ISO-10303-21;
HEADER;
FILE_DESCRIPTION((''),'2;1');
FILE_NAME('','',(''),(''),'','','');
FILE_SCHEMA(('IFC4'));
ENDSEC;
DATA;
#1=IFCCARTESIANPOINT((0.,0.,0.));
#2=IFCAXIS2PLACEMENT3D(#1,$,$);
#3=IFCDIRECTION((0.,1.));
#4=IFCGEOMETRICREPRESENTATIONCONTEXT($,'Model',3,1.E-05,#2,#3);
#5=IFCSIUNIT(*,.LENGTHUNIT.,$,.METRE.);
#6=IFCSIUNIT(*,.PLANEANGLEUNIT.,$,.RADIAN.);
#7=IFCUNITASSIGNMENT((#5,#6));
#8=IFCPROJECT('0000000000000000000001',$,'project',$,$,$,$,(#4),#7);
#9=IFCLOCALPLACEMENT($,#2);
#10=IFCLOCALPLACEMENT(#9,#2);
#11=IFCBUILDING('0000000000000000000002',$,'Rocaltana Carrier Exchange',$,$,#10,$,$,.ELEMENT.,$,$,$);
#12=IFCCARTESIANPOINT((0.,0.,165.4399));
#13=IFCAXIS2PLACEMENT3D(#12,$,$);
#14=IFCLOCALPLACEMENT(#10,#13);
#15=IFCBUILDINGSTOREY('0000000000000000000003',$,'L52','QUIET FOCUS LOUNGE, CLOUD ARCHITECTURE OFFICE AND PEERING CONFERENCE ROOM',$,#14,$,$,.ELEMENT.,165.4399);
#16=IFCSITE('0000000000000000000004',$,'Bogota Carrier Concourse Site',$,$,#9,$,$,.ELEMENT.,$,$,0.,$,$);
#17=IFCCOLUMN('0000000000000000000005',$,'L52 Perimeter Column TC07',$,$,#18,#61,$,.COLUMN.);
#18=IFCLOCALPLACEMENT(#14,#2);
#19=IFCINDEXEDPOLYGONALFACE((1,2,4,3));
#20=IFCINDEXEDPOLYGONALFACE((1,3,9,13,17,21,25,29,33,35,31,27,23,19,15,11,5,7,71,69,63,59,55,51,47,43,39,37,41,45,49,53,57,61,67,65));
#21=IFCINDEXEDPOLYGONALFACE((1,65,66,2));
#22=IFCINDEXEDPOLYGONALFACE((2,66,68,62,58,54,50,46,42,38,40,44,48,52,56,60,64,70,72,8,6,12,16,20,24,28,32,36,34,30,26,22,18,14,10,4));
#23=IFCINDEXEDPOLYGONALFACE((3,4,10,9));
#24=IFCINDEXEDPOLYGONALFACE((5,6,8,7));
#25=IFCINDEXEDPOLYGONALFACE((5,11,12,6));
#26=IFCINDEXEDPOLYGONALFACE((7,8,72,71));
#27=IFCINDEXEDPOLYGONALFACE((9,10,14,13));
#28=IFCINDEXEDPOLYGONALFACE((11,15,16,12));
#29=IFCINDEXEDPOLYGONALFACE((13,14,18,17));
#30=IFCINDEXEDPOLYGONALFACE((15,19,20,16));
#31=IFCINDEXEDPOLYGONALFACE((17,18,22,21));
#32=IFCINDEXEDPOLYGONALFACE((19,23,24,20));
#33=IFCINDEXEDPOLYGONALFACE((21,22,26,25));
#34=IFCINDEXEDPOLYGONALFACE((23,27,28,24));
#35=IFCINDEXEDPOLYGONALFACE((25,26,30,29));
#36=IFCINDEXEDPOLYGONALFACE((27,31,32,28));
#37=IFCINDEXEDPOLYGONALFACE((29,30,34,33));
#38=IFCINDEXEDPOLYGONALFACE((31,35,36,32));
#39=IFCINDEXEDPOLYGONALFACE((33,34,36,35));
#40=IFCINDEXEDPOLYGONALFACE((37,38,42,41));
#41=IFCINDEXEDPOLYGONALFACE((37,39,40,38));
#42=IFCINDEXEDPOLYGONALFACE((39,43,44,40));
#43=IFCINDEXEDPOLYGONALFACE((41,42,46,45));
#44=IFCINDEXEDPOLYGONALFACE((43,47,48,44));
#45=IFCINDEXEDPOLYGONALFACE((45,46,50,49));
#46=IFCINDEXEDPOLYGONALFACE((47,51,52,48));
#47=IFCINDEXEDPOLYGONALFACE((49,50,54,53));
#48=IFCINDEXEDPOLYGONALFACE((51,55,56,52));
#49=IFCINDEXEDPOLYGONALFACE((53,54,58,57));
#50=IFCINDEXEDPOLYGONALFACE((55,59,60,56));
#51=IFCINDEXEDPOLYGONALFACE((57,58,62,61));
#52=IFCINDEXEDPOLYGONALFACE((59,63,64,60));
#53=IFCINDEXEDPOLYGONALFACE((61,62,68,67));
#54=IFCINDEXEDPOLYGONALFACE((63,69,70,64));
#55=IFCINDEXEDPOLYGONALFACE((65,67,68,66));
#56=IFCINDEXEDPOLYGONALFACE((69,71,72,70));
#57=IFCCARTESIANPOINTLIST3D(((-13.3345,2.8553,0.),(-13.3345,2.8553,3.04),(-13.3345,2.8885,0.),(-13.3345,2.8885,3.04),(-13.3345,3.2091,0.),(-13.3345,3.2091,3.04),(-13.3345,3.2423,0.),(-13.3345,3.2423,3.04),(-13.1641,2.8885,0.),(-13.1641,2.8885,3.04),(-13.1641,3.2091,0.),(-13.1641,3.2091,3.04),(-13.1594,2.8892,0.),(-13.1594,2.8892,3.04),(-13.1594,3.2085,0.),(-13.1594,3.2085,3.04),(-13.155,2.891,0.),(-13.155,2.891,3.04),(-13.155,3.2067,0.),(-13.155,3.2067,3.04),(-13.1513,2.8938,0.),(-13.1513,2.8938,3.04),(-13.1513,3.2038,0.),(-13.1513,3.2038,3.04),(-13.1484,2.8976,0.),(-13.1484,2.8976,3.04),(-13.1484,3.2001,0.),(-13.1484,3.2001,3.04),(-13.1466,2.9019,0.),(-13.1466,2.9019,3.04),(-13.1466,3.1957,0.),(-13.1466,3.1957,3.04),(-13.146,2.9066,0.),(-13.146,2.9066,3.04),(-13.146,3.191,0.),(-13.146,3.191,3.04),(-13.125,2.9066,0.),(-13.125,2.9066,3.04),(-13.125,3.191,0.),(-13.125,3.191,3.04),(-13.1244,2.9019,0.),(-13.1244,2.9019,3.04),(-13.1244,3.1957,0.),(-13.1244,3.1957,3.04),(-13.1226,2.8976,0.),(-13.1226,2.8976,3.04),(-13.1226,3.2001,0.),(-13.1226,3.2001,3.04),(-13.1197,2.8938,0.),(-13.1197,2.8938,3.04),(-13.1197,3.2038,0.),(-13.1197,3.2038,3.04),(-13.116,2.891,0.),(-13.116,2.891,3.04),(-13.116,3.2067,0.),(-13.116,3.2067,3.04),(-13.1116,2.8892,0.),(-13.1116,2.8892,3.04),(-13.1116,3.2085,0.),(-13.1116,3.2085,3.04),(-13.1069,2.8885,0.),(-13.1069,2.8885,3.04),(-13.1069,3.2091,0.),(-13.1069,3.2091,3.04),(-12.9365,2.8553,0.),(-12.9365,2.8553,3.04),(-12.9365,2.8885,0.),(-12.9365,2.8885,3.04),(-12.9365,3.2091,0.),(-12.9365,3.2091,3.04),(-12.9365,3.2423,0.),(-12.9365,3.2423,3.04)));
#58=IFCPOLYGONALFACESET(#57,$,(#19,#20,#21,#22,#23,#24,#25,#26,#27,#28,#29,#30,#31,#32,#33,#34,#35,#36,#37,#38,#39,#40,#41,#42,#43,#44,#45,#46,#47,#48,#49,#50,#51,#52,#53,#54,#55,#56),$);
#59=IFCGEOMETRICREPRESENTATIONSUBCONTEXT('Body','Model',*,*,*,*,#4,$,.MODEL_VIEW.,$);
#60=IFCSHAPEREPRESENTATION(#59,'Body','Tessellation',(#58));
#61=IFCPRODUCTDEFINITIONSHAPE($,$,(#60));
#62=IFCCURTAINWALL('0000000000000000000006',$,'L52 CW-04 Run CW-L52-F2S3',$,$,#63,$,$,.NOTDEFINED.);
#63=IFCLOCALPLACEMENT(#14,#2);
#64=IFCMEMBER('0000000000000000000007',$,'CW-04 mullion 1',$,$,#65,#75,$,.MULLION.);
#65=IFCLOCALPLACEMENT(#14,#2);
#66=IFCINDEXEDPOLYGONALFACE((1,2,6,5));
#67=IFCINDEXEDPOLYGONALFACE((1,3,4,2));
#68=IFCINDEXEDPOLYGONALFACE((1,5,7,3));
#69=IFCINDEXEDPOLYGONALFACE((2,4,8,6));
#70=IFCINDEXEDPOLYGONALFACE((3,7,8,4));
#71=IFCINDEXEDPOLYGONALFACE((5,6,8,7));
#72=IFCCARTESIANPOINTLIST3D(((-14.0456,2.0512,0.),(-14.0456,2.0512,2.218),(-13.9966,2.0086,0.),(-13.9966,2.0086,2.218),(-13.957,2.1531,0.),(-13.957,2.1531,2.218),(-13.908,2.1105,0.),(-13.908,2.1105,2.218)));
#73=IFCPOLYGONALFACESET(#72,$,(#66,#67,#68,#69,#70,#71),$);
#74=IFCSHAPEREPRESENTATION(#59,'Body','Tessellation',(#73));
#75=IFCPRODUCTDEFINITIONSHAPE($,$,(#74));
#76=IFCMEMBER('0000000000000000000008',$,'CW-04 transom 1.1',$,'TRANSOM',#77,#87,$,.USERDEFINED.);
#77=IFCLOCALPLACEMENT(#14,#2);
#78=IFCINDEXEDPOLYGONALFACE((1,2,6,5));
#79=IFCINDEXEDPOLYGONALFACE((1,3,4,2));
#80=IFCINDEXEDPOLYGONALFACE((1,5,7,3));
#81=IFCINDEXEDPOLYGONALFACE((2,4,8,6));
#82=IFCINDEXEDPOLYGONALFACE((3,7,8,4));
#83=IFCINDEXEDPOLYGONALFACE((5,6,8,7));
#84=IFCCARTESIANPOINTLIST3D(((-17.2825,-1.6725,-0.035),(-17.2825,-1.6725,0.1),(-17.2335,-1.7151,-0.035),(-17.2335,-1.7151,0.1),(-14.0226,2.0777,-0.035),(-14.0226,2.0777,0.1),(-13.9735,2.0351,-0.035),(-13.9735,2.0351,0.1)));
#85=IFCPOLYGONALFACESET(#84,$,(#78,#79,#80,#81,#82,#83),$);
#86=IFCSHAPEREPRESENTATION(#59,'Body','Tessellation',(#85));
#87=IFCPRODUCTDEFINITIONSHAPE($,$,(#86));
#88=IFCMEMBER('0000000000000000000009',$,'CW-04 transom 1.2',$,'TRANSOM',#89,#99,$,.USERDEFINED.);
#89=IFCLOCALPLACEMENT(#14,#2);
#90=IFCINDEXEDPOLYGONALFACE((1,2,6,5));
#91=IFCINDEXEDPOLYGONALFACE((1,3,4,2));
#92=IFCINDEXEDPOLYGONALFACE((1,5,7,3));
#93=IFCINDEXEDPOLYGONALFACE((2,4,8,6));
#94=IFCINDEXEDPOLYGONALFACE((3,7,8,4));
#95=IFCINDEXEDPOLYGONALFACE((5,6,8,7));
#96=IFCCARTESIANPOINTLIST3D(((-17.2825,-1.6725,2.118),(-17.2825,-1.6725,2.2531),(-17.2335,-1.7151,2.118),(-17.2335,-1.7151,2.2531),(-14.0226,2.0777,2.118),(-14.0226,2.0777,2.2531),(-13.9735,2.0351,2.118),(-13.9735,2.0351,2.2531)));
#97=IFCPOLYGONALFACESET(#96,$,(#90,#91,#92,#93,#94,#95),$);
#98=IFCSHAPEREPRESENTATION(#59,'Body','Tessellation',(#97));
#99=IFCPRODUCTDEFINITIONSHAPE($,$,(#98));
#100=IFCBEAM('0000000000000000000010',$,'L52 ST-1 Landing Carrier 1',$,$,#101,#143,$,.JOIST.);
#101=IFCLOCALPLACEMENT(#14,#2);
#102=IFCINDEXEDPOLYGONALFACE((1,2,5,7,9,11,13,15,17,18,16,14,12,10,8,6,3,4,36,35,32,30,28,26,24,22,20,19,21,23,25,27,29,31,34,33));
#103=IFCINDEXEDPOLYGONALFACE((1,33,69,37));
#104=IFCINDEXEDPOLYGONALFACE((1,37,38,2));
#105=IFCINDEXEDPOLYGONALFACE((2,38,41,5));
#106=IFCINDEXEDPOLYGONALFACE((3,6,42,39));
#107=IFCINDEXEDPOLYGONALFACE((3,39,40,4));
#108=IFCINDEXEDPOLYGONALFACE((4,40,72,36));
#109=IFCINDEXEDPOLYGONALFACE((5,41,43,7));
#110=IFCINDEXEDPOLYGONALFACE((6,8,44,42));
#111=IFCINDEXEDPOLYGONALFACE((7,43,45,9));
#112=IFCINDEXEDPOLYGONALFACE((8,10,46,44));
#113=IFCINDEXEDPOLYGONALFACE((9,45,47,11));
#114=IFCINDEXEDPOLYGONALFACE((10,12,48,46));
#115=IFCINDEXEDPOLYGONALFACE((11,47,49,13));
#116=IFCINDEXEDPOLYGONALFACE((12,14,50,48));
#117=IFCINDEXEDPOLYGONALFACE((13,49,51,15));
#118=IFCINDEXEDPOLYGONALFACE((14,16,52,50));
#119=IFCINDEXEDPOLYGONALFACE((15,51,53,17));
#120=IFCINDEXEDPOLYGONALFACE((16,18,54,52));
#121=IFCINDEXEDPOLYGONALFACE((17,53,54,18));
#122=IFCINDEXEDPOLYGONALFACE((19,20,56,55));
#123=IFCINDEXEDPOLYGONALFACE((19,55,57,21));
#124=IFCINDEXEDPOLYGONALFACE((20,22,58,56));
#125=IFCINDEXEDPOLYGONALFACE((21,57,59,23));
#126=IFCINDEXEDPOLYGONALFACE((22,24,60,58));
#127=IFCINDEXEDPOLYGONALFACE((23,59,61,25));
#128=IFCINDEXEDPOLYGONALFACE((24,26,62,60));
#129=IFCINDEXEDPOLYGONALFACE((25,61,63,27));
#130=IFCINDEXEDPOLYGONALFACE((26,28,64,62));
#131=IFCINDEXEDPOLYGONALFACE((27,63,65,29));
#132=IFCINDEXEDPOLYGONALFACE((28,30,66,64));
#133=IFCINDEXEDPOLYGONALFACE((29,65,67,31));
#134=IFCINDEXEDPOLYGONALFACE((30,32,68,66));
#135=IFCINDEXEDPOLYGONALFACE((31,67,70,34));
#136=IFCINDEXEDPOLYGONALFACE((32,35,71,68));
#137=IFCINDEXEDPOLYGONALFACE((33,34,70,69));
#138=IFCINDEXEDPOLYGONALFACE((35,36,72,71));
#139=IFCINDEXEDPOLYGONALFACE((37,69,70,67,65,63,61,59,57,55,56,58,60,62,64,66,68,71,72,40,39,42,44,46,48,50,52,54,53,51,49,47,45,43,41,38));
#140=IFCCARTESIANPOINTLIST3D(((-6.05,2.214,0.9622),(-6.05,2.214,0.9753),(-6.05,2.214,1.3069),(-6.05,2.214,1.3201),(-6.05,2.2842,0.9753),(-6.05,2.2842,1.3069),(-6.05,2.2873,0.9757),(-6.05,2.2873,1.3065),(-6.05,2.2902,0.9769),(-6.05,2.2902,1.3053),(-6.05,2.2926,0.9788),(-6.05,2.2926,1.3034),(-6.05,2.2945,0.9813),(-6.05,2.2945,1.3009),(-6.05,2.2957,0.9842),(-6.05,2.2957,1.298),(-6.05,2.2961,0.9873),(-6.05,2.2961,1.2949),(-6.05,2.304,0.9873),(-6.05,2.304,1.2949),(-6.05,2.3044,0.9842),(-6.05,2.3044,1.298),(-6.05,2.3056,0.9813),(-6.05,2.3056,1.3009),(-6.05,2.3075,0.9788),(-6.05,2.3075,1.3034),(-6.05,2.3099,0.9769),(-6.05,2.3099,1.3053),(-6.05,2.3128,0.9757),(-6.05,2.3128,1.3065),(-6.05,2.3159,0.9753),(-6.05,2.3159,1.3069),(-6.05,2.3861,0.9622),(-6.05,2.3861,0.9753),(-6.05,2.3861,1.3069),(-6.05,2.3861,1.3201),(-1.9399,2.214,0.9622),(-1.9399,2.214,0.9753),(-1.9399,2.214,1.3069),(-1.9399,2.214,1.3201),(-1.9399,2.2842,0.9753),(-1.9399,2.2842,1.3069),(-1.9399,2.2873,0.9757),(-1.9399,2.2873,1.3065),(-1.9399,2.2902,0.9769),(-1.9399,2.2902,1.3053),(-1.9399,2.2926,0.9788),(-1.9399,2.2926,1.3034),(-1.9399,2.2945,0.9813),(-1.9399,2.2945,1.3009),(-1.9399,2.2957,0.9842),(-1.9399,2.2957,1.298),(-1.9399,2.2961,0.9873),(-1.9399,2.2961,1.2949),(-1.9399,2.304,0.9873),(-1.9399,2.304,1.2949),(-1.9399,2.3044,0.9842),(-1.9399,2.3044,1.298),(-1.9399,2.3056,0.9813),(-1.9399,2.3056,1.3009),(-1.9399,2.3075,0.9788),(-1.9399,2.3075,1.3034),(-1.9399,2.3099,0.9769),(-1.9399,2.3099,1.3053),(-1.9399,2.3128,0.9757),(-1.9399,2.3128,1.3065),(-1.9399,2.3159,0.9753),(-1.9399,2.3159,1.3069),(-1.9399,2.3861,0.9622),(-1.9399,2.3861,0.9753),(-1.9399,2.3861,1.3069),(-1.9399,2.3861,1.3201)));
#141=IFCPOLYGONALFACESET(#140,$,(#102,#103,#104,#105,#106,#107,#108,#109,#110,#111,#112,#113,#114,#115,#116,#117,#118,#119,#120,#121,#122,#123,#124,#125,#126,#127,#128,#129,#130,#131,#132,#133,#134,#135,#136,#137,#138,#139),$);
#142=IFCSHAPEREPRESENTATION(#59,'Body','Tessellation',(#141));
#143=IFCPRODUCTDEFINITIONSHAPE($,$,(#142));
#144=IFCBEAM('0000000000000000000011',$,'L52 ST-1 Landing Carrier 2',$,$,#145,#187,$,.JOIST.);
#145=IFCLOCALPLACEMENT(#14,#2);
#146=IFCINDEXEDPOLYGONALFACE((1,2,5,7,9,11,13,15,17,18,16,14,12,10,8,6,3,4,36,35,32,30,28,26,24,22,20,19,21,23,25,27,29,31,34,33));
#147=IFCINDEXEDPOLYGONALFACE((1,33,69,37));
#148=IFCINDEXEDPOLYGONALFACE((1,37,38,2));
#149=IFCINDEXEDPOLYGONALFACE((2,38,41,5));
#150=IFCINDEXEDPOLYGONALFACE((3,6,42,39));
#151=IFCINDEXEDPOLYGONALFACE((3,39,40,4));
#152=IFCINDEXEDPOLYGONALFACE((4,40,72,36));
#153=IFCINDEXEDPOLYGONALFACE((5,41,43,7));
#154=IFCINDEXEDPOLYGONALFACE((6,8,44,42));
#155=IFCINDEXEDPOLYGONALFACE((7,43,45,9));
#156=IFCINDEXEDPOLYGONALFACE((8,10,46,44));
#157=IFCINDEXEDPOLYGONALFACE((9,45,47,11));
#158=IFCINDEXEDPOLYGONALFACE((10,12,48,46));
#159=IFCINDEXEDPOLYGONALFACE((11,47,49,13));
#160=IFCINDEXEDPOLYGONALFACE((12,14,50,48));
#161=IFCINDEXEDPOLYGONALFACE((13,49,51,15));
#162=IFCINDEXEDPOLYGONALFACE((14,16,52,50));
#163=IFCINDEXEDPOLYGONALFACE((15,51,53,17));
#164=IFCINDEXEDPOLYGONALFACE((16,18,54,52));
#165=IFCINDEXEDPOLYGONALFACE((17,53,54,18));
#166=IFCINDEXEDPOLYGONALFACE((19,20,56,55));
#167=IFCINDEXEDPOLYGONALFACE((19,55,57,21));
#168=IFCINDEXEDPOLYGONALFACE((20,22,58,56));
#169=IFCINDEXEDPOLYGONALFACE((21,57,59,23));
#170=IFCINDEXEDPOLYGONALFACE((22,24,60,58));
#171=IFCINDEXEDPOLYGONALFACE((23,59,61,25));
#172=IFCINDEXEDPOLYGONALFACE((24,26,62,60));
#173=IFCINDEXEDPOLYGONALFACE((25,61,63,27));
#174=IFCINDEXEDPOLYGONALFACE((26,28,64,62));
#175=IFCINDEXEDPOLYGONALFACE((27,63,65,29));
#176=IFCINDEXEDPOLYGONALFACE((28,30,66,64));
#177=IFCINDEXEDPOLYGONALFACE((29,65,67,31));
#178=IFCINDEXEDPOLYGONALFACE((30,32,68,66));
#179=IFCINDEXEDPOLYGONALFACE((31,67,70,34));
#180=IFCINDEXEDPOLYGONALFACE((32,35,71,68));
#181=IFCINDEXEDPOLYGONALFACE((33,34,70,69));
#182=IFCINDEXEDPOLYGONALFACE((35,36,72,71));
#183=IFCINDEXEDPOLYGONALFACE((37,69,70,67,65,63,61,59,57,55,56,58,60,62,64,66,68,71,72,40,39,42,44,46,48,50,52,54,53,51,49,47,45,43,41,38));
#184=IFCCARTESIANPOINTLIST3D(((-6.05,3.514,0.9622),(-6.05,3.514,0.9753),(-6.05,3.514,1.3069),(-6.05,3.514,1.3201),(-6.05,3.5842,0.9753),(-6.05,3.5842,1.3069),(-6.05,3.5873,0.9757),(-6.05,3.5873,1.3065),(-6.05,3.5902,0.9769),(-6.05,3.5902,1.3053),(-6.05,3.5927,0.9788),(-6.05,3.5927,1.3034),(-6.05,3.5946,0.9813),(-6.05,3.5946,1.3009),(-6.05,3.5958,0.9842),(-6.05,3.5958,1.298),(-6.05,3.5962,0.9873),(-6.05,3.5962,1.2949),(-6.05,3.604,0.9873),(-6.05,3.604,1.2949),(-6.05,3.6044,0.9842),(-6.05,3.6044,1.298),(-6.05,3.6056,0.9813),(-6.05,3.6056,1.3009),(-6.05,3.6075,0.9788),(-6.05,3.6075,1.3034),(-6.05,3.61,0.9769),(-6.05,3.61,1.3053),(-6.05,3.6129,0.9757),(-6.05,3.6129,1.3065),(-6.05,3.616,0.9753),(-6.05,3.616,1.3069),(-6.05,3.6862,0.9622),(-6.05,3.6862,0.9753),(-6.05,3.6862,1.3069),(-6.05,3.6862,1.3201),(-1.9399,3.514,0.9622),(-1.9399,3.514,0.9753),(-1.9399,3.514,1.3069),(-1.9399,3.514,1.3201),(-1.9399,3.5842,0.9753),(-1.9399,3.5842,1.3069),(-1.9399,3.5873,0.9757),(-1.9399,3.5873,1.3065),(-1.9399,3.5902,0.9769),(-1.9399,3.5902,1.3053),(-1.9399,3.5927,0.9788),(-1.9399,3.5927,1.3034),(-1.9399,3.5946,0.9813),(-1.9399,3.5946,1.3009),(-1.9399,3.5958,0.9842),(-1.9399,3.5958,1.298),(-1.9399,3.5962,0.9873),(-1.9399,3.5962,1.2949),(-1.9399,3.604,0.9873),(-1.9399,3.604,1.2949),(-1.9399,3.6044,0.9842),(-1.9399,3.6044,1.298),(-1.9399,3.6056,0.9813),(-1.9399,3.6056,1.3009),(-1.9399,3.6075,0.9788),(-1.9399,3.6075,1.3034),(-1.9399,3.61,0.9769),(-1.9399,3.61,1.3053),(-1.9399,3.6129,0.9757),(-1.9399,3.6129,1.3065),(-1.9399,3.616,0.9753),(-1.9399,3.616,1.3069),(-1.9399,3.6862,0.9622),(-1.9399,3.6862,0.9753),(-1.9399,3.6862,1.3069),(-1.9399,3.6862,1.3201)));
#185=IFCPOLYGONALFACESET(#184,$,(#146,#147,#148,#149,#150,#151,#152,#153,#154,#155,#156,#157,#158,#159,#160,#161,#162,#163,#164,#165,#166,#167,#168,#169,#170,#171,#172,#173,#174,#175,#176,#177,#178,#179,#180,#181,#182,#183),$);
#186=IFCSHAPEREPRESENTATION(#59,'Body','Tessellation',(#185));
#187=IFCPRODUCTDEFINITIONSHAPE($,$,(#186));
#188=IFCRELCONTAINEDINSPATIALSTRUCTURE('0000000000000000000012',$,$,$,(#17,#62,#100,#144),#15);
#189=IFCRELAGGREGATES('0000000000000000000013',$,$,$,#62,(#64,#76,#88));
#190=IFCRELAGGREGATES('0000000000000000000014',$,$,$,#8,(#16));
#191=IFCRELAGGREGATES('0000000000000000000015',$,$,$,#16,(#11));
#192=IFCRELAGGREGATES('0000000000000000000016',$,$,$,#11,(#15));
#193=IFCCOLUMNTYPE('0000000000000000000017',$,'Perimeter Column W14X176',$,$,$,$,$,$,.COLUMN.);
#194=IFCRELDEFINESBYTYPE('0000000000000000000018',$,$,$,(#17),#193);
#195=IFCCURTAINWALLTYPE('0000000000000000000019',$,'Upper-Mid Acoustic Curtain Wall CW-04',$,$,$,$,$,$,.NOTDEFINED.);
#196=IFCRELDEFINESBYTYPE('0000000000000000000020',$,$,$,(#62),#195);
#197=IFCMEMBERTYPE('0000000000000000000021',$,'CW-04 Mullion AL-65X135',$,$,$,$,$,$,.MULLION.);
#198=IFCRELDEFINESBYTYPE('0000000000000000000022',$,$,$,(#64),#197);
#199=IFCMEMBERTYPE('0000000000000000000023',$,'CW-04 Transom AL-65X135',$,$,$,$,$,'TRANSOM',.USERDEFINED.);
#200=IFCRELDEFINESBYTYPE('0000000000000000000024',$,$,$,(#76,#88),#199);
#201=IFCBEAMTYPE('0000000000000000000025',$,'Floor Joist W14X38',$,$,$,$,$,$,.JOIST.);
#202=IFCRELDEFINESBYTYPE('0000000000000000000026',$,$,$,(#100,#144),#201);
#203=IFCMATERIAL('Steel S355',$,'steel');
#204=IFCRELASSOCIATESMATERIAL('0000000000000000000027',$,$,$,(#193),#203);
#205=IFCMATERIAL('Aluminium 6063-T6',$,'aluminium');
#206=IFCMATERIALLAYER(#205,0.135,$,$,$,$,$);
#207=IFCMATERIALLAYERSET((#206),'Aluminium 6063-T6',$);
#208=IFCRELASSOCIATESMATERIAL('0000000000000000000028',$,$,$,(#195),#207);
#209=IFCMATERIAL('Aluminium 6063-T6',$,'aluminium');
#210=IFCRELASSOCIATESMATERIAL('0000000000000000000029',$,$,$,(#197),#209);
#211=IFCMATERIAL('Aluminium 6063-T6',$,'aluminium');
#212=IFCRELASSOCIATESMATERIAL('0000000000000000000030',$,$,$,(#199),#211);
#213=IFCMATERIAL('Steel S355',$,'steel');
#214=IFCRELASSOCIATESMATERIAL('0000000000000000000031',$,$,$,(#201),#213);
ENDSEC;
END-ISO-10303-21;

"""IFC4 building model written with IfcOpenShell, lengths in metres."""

from ifc_helpers import new_model, si_unit, direction, frame, origin, origin_2d, place, context, subcontext, project, spatial, rectangle, i_section, extrude, material, layer, layer_set, material_profile, profile_set, type_object, element, aggregate, save


model = new_model("IFC4")

# Units and contexts
model_context = context("Model", 3, precision=1e-05, world=origin(), true_north=direction((0.0, 1.0)))
body_context = subcontext(model_context, "Body", "Model", "MODEL_VIEW")
ifc_project = project(units=[si_unit("LENGTHUNIT", "METRE"), si_unit("PLANEANGLEUNIT", "RADIAN")], contexts=[model_context])

# Site, building, storey
site_placement = place(None, origin())
site = spatial("IfcSite", under=ifc_project, at=site_placement, Name="Bogota Carrier Concourse Site", CompositionType="ELEMENT", RefElevation=0.0)
building_placement = place(site_placement, origin())
building = spatial("IfcBuilding", under=site, at=building_placement, Name="Rocaltana Carrier Exchange", CompositionType="ELEMENT")
storey_placement = place(building_placement, frame((0.0, 0.0, 165.4399)))
storey = spatial("IfcBuildingStorey", under=building, at=storey_placement, Name="L52", Description="QUIET FOCUS LOUNGE, CLOUD ARCHITECTURE OFFICE AND PEERING CONFERENCE ROOM", CompositionType="ELEMENT", Elevation=165.4399)

# Column
ifc_material_1 = material(Name="Steel S355", Category="steel")
ifc_material_profile_1 = material_profile(ifc_material_1, i_section(OverallWidth=0.3979, OverallDepth=0.387, WebThickness=0.021, FlangeThickness=0.0332, FilletRadius=0.0181, at=origin_2d()), Name="W14X176")
ifc_profile_set_1 = profile_set([ifc_material_profile_1], Name="Steel S355")
column_type = type_object("IfcColumnType", Name="Perimeter Column W14X176", PredefinedType="COLUMN", material=ifc_profile_set_1)
column_placement = place(storey_placement, frame((-13.1355, 3.0488, 0.0), z_axis=(0.0, 0.0, 1.0), x_axis=(1.0, 0.0, 0.0)))
element("IfcColumn", 1, at=column_placement, inside=storey, type_object=column_type, Name="L52 Perimeter Column TC07", PredefinedType="COLUMN", context=body_context, shape_type="SweptSolid", body=[
    extrude(i_section(OverallWidth=0.3979, OverallDepth=0.387, WebThickness=0.021, FlangeThickness=0.0332, FilletRadius=0.0181, at=origin_2d()), origin(), (0.0, 0.0, 1.0), 3.04),
])

# Curtain wall, members
ifc_material_2 = material(Name="Aluminium 6063-T6", Category="aluminium")
ifc_layer_1 = layer(ifc_material_2, 0.135)
ifc_layer_set_1 = layer_set([ifc_layer_1], Name="Aluminium 6063-T6")
curtain_wall_type = type_object("IfcCurtainWallType", Name="Upper-Mid Acoustic Curtain Wall CW-04", PredefinedType="NOTDEFINED", material=ifc_layer_set_1)
curtain_wall_placement = place(storey_placement, origin())
curtain_wall = element("IfcCurtainWall", 2, at=curtain_wall_placement, inside=storey, type_object=curtain_wall_type, Name="L52 CW-04 Run CW-L52-F2S3", PredefinedType="NOTDEFINED")
ifc_material_3 = material(Name="Aluminium 6063-T6", Category="aluminium")
ifc_material_profile_2 = material_profile(ifc_material_3, rectangle(XDim=0.0649, YDim=0.135, at=origin_2d()), Name="AL-65X135")
ifc_profile_set_2 = profile_set([ifc_material_profile_2], Name="Aluminium 6063-T6")
member_type_1 = type_object("IfcMemberType", Name="CW-04 Mullion AL-65X135", PredefinedType="MULLION", material=ifc_profile_set_2)
member_1_placement = place(storey_placement, frame((-13.9768, 2.0808, 0.0), z_axis=(0.0, 0.0, 1.0), x_axis=(0.754712, -0.656057, 0.0)))
member_1 = element("IfcMember", 3, at=member_1_placement, type_object=member_type_1, Name="CW-04 mullion 1", PredefinedType="MULLION", context=body_context, shape_type="SweptSolid", body=[
    extrude(rectangle(XDim=0.0649, YDim=0.135, at=origin_2d()), origin(), (0.0, 0.0, 1.0), 2.218),
])
ifc_material_4 = material(Name="Aluminium 6063-T6", Category="aluminium")
ifc_material_profile_3 = material_profile(ifc_material_4, rectangle(XDim=0.0649, YDim=0.135, at=origin_2d()), Name="AL-65X135")
ifc_profile_set_3 = profile_set([ifc_material_profile_3], Name="Aluminium 6063-T6")
member_type_2 = type_object("IfcMemberType", Name="CW-04 Transom AL-65X135", ElementType="TRANSOM", PredefinedType="USERDEFINED", material=ifc_profile_set_3)
member_2_placement = place(storey_placement, frame((-13.998, 2.0564, 0.0325), z_axis=(-0.656056, -0.754712, 0.0), x_axis=(0.754712, -0.656056, 0.0)))
member_2 = element("IfcMember", 4, at=member_2_placement, type_object=member_type_2, Name="CW-04 transom 1.1", ObjectType="TRANSOM", PredefinedType="USERDEFINED", context=body_context, shape_type="SweptSolid", body=[
    extrude(rectangle(XDim=0.0649, YDim=0.135, at=origin_2d()), origin(), (0.0, 0.0, 1.0), 4.969),
])
member_3_placement = place(storey_placement, frame((-13.998, 2.0564, 2.1855), z_axis=(-0.656056, -0.754712, 0.0), x_axis=(0.754712, -0.656056, 0.0)))
member_3 = element("IfcMember", 5, at=member_3_placement, type_object=member_type_2, Name="CW-04 transom 1.2", ObjectType="TRANSOM", PredefinedType="USERDEFINED", context=body_context, shape_type="SweptSolid", body=[
    extrude(rectangle(XDim=0.0649, YDim=0.135, at=origin_2d()), origin(), (0.0, 0.0, 1.0), 4.969),
])

# Beams
ifc_material_5 = material(Name="Steel S355", Category="steel")
ifc_material_profile_4 = material_profile(ifc_material_5, i_section(OverallWidth=0.1721, OverallDepth=0.3579, WebThickness=0.0078, FlangeThickness=0.0132, FilletRadius=0.012, at=origin_2d()), Name="W14X38")
ifc_profile_set_4 = profile_set([ifc_material_profile_4], Name="Steel S355")
beam_type_1 = type_object("IfcBeamType", Name="Floor Joist W14X38", PredefinedType="JOIST", material=ifc_profile_set_4)
for number, where, z_axis, x_axis, name in (
    (6, (-6.05, 2.3, 1.1411), (1.0, 0.0, 0.0), (0.0, 1.0, 0.0), "L52 ST-1 Landing Carrier 1"),
    (7, (-6.05, 3.6001, 1.1411), (1.0, 0.0, 0.0), (0.0, 1.0, 0.0), "L52 ST-1 Landing Carrier 2"),
):
    element("IfcBeam", number, at=place(storey_placement, frame(where, z_axis=z_axis, x_axis=x_axis)), inside=storey, type_object=beam_type_1, Name=name, PredefinedType="JOIST", context=body_context, shape_type="SweptSolid", body=[
        extrude(i_section(OverallWidth=0.1721, OverallDepth=0.3579, WebThickness=0.0078, FlangeThickness=0.0132, FilletRadius=0.012, at=origin_2d()), origin(), (0.0, 0.0, 1.0), 4.1101),
    ])

aggregate(curtain_wall, [member_1, member_2, member_3])

save(model, "model.ifc")
